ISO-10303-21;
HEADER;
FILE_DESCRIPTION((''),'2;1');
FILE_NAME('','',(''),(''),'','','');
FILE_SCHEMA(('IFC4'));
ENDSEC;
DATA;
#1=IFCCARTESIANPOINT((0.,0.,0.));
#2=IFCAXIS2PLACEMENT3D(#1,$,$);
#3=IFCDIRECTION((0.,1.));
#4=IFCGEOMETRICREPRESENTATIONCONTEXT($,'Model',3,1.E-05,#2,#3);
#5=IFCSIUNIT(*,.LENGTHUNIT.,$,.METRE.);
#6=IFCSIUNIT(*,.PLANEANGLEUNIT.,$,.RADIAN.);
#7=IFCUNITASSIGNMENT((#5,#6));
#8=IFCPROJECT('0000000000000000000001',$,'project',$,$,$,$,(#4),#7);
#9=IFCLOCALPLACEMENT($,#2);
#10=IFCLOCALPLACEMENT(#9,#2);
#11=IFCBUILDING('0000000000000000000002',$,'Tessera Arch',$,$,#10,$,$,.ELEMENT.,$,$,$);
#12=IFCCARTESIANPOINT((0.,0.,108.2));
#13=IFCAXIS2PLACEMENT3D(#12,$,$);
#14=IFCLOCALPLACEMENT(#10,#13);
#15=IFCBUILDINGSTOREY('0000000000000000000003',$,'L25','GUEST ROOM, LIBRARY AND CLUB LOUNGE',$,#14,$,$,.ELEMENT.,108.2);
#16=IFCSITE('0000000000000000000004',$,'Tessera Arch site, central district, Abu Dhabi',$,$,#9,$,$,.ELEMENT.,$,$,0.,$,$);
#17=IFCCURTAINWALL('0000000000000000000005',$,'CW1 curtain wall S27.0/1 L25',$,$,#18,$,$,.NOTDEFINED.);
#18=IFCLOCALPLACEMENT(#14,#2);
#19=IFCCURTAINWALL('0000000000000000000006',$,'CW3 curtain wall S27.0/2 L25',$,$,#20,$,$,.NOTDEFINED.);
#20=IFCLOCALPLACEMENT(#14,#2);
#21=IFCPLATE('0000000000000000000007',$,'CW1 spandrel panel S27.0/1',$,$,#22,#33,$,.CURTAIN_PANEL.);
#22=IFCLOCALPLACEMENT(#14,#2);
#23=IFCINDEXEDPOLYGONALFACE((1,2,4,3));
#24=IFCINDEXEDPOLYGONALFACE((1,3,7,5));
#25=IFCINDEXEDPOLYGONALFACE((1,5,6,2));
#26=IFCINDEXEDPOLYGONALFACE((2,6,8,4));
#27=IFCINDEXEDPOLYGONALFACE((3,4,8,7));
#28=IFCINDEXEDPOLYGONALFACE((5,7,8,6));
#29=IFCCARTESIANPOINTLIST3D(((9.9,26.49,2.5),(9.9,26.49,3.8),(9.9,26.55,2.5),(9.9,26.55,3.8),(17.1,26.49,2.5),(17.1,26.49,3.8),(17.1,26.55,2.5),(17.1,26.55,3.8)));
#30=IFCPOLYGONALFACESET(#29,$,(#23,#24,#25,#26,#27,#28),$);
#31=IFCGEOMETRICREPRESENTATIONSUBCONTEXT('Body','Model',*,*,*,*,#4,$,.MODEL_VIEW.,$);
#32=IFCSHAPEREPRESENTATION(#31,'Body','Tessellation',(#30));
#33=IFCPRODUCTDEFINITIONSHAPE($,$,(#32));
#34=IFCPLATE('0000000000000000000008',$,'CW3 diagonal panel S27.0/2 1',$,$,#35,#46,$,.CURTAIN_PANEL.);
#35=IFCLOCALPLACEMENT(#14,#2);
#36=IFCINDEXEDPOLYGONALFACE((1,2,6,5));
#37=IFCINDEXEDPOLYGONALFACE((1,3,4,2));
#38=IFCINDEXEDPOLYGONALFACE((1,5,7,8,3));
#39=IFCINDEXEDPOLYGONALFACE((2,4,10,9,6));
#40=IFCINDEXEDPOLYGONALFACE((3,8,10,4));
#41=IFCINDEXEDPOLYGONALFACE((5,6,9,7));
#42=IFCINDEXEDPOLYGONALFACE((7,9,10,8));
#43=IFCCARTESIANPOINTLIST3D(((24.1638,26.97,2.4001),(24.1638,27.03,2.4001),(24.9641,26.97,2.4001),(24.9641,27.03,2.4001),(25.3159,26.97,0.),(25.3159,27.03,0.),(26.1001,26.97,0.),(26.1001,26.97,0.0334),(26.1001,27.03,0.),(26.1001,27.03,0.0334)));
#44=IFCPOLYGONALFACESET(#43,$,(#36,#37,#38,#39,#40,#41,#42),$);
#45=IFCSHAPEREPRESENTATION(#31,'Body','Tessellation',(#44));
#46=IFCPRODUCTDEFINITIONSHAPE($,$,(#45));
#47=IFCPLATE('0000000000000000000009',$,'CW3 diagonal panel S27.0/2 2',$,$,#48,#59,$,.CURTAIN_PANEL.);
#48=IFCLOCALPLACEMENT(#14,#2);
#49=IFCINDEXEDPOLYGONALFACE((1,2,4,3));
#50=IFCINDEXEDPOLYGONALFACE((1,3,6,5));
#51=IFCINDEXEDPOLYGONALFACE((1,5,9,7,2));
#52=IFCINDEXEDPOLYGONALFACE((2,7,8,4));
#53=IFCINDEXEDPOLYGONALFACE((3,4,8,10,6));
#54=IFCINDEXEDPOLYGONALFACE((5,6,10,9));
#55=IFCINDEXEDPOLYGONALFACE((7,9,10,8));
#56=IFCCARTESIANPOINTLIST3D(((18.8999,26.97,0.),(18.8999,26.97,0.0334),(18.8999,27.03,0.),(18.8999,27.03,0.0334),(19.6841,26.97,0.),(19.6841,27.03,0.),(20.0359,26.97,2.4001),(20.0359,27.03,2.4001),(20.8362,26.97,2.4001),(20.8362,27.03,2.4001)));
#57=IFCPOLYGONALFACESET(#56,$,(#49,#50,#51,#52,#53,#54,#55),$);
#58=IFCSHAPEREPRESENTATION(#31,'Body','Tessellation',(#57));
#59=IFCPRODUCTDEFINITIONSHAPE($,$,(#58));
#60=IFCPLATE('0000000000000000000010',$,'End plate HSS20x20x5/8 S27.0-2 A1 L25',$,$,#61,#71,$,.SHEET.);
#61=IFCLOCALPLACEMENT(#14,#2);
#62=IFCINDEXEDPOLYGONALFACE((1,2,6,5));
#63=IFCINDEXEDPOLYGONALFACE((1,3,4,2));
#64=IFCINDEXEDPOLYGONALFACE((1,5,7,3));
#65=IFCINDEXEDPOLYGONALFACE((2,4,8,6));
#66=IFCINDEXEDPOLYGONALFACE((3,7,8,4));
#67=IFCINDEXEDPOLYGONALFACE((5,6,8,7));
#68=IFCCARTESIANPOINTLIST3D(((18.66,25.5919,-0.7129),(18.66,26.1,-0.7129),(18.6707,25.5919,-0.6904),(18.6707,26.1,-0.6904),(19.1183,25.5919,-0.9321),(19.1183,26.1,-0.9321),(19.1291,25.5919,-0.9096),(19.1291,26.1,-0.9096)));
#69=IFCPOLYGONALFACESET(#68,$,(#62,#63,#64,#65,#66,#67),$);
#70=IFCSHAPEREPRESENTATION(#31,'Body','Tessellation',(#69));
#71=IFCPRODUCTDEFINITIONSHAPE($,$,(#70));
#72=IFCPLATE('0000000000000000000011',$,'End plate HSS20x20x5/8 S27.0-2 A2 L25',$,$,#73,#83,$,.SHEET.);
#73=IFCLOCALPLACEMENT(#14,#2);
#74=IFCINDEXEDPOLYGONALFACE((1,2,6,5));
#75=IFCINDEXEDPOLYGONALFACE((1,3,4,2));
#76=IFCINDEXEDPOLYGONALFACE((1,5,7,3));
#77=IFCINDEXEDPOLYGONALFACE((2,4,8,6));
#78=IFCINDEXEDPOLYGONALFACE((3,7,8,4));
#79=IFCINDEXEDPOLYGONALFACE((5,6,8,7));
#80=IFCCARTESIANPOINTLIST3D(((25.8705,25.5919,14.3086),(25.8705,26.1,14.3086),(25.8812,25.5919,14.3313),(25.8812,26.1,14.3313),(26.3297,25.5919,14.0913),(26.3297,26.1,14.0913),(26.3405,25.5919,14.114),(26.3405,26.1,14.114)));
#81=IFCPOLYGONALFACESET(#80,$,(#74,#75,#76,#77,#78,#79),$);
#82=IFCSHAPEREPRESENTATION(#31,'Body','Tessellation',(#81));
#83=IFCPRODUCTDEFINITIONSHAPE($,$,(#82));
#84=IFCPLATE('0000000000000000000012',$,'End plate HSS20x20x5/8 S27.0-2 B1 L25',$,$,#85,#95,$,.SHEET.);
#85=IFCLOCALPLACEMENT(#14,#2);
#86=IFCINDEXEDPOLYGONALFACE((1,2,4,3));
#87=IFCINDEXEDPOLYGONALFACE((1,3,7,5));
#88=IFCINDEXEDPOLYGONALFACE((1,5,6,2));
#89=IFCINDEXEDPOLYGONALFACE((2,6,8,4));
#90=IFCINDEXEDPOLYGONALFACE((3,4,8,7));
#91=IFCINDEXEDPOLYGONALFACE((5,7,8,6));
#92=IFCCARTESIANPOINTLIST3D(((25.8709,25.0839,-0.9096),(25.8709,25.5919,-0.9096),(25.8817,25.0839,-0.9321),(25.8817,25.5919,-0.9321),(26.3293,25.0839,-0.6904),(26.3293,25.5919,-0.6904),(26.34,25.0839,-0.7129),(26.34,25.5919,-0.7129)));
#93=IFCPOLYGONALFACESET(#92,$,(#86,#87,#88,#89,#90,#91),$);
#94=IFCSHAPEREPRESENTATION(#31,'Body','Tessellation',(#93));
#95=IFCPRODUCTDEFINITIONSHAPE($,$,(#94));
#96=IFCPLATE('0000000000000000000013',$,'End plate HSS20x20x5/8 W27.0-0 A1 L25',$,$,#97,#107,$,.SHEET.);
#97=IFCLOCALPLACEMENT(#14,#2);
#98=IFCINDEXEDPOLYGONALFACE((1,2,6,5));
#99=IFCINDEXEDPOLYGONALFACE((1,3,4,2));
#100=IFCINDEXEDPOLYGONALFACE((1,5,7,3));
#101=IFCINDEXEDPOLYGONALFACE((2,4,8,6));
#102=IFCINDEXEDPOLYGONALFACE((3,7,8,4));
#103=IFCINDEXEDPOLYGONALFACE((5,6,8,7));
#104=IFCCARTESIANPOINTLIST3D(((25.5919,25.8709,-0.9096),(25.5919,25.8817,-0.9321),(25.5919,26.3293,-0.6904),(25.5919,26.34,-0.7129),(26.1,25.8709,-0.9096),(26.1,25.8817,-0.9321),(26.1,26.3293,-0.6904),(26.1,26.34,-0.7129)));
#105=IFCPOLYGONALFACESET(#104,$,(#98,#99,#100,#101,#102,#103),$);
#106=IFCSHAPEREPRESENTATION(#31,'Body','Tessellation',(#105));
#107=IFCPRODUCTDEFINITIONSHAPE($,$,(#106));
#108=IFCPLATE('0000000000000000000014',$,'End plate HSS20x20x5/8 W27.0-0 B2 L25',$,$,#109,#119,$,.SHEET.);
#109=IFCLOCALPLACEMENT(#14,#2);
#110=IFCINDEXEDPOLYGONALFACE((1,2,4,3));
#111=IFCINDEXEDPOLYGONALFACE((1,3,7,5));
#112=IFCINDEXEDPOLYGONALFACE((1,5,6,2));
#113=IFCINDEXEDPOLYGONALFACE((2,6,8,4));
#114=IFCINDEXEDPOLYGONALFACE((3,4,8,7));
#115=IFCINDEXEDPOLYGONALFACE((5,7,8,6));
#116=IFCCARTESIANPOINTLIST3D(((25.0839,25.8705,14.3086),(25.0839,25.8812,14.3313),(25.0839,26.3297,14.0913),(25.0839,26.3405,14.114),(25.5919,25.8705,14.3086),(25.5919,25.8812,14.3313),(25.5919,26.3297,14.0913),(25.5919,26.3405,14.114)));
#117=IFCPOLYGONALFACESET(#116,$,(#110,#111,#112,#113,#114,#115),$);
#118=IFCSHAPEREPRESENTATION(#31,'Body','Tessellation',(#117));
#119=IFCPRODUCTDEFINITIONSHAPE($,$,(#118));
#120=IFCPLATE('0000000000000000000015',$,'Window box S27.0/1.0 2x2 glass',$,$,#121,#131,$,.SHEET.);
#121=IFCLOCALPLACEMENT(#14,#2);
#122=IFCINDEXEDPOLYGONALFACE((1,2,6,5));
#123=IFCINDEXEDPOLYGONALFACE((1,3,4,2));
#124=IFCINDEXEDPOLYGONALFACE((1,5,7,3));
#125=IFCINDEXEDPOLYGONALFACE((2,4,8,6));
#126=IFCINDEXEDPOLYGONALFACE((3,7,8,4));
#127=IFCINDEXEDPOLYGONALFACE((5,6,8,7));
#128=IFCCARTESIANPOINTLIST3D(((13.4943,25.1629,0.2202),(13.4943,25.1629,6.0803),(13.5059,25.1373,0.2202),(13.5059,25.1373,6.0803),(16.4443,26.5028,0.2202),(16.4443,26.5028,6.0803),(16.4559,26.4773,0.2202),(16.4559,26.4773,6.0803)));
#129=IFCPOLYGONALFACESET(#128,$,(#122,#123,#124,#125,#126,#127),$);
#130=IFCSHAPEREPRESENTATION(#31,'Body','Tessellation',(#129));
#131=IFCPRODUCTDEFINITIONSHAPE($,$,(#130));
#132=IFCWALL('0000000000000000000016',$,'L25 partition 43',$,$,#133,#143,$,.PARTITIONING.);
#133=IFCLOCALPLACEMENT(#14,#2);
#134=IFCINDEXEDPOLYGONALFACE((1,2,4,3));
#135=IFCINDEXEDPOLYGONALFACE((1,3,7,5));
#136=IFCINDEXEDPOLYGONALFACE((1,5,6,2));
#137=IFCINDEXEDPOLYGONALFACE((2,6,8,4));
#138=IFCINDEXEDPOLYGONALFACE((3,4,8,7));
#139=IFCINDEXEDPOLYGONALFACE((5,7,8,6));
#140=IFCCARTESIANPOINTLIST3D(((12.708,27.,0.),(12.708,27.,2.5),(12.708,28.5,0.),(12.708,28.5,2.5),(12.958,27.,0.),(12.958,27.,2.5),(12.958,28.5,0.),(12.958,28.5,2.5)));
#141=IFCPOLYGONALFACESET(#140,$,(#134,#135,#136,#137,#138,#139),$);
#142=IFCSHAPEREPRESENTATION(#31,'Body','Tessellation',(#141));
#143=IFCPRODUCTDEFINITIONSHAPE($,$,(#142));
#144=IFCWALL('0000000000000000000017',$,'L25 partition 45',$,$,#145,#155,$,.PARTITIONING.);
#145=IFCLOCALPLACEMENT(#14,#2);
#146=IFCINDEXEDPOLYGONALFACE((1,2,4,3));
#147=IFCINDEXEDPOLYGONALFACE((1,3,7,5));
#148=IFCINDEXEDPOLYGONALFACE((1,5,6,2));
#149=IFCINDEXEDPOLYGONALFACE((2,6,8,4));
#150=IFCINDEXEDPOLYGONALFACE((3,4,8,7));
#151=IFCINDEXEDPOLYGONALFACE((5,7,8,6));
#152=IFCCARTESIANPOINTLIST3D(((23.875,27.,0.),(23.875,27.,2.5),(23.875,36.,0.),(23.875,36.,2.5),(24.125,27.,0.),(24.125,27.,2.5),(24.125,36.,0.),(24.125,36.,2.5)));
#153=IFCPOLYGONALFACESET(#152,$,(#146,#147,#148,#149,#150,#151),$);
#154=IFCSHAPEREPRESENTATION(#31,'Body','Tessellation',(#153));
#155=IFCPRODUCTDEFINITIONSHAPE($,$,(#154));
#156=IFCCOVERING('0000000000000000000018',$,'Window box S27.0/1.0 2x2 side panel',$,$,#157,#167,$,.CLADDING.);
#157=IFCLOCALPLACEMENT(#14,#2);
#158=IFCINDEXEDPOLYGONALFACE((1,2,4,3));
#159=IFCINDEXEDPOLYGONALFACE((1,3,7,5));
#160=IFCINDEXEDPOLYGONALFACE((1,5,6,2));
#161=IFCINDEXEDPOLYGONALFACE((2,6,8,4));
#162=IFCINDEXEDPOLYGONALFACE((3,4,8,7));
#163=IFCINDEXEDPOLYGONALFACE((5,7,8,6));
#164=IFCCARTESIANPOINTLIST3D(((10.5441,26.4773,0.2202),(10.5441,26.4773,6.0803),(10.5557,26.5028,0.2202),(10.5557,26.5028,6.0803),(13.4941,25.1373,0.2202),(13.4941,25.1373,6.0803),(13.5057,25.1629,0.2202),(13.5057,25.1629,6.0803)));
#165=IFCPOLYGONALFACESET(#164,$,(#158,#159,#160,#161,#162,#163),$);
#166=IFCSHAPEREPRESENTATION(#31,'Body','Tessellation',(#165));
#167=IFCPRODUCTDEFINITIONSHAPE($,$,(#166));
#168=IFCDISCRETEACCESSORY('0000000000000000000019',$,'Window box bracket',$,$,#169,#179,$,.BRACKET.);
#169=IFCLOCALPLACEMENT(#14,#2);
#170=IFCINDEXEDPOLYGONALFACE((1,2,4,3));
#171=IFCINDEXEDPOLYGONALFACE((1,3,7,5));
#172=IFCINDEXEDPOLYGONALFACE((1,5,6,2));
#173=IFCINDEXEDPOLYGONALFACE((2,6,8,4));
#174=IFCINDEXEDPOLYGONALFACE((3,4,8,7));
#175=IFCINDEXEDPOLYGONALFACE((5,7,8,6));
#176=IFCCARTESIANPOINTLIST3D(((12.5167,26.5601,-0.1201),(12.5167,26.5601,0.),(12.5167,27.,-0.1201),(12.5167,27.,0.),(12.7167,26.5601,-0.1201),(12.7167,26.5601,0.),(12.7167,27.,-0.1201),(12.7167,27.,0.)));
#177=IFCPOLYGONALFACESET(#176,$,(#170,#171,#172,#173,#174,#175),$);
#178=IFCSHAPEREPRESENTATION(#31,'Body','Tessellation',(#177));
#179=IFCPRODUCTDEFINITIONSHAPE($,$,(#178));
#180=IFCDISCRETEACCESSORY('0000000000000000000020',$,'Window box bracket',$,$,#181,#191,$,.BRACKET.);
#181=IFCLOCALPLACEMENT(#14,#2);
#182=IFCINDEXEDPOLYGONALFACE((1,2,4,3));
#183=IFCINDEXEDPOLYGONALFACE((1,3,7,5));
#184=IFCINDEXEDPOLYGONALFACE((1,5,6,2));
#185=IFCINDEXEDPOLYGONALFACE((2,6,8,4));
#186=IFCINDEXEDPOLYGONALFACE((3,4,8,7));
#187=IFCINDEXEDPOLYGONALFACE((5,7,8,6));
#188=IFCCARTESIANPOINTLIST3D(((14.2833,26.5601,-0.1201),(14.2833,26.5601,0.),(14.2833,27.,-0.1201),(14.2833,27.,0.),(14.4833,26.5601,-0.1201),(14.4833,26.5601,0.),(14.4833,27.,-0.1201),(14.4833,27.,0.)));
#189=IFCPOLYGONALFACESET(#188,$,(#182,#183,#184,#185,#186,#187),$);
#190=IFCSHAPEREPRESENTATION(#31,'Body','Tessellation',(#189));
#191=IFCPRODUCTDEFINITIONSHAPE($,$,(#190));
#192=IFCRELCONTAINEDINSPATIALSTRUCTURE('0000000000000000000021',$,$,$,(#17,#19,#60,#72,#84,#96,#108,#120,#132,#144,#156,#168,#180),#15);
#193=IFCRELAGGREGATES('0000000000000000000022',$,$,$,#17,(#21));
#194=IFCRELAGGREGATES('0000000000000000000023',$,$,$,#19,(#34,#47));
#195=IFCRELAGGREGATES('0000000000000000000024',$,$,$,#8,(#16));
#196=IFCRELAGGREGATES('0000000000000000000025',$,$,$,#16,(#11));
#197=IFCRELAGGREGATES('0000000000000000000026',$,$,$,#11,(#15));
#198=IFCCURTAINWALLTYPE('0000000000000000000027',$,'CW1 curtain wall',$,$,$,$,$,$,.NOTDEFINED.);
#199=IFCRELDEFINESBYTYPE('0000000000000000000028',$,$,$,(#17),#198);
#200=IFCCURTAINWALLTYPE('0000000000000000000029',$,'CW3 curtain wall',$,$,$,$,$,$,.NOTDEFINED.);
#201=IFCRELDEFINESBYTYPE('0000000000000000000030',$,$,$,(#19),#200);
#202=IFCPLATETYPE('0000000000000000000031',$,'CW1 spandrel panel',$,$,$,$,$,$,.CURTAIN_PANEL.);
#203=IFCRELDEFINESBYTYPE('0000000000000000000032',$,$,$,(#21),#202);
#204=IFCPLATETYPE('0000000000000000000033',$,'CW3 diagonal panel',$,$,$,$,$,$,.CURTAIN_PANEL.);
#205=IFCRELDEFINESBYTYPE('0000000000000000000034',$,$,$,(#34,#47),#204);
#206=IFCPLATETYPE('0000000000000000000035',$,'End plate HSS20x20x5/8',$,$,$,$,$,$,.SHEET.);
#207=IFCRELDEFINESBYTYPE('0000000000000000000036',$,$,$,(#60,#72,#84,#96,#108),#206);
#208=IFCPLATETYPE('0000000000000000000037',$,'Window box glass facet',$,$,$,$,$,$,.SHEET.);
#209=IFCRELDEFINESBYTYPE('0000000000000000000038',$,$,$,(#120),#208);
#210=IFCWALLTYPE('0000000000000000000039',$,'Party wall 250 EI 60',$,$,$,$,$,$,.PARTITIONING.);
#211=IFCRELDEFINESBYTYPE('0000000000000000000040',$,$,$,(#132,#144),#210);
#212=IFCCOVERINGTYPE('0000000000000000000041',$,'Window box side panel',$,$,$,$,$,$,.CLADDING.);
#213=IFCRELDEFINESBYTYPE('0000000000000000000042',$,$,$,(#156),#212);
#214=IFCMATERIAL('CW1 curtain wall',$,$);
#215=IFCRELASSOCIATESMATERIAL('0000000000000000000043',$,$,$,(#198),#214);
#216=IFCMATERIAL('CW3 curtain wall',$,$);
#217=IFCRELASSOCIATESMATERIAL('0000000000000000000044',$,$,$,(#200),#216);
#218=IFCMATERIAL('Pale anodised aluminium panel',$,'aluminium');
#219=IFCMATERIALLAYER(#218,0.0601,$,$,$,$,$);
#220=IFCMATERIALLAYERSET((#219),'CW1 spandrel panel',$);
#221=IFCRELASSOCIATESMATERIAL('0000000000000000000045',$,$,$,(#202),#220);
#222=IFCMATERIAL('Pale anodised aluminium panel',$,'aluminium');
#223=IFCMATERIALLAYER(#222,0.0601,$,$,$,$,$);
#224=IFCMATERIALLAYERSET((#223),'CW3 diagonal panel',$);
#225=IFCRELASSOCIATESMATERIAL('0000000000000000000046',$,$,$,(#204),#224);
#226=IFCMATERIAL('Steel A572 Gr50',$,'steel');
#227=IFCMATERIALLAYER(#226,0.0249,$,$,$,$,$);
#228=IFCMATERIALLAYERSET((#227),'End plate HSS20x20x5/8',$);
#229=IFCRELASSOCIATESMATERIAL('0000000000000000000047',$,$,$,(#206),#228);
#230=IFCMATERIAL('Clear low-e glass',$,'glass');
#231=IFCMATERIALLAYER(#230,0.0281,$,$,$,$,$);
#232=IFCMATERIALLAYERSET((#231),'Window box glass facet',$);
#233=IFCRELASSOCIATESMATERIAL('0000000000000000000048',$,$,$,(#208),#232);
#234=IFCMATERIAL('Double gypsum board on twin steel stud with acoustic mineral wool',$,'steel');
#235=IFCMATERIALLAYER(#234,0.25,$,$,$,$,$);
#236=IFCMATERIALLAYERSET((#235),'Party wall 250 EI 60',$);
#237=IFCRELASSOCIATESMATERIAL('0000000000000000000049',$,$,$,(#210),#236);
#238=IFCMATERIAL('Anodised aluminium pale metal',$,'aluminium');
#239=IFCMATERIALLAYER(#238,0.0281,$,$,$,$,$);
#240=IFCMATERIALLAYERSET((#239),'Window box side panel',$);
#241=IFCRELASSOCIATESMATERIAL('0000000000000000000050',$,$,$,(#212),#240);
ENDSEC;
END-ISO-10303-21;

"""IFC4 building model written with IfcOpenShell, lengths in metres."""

from ifc_helpers import new_model, si_unit, direction, frame, frame_2d, origin, origin_2d, place, context, subcontext, project, spatial, polyline, rectangle, outline, extrude, material, layer, layer_set, type_object, element, aggregate, save


model = new_model("IFC4")

# Units and contexts
model_context = context("Model", 3, precision=1e-05, world=origin(), true_north=direction((0.0, 1.0)))
body_context = subcontext(model_context, "Body", "Model", "MODEL_VIEW")
ifc_project = project(units=[si_unit("LENGTHUNIT", "METRE"), si_unit("PLANEANGLEUNIT", "RADIAN")], contexts=[model_context])

# Site, building, storey
site_placement = place(None, origin())
site = spatial("IfcSite", under=ifc_project, at=site_placement, Name="Tessera Arch site, central district, Abu Dhabi", CompositionType="ELEMENT", RefElevation=0.0)
building_placement = place(site_placement, origin())
building = spatial("IfcBuilding", under=site, at=building_placement, Name="Tessera Arch", CompositionType="ELEMENT")
storey_placement = place(building_placement, frame((0.0, 0.0, 108.2)))
storey = spatial("IfcBuildingStorey", under=building, at=storey_placement, Name="L25", Description="GUEST ROOM, LIBRARY AND CLUB LOUNGE", CompositionType="ELEMENT", Elevation=108.2)

# Curtain walls
ifc_material_1 = material(Name="CW1 curtain wall")
curtain_wall_type_1 = type_object("IfcCurtainWallType", Name="CW1 curtain wall", PredefinedType="NOTDEFINED", material=ifc_material_1)
curtain_wall_1_placement = place(storey_placement, origin())
curtain_wall_1 = element("IfcCurtainWall", 1, at=curtain_wall_1_placement, inside=storey, type_object=curtain_wall_type_1, Name="CW1 curtain wall S27.0/1 L25", PredefinedType="NOTDEFINED")
ifc_material_2 = material(Name="CW3 curtain wall")
curtain_wall_type_2 = type_object("IfcCurtainWallType", Name="CW3 curtain wall", PredefinedType="NOTDEFINED", material=ifc_material_2)
curtain_wall_2_placement = place(storey_placement, origin())
curtain_wall_2 = element("IfcCurtainWall", 2, at=curtain_wall_2_placement, inside=storey, type_object=curtain_wall_type_2, Name="CW3 curtain wall S27.0/2 L25", PredefinedType="NOTDEFINED")

# Plates
ifc_material_3 = material(Name="Pale anodised aluminium panel", Category="aluminium")
ifc_layer_1 = layer(ifc_material_3, 0.0601)
ifc_layer_set_1 = layer_set([ifc_layer_1], Name="CW1 spandrel panel")
plate_type_1 = type_object("IfcPlateType", Name="CW1 spandrel panel", PredefinedType="CURTAIN_PANEL", material=ifc_layer_set_1)
plate_1_placement = place(storey_placement, frame((13.5, 26.52, 2.5), z_axis=(0.0, 0.0, 1.0), x_axis=(1.0, 0.0, 0.0)))
plate_1 = element("IfcPlate", 3, at=plate_1_placement, type_object=plate_type_1, Name="CW1 spandrel panel S27.0/1", PredefinedType="CURTAIN_PANEL", context=body_context, shape_type="SweptSolid", body=[
    extrude(rectangle(XDim=7.2, YDim=0.0601, at=origin_2d()), origin(), (0.0, 0.0, 1.0), 1.3),
])
aggregate(curtain_wall_1, [plate_1])
ifc_material_4 = material(Name="Pale anodised aluminium panel", Category="aluminium")
ifc_layer_2 = layer(ifc_material_4, 0.0601)
ifc_layer_set_2 = layer_set([ifc_layer_2], Name="CW3 diagonal panel")
plate_type_2 = type_object("IfcPlateType", Name="CW3 diagonal panel", PredefinedType="CURTAIN_PANEL", material=ifc_layer_set_2)
plate_2_placement = place(storey_placement, frame((26.1001, 26.97, 0.0), z_axis=(0.0, -1.0, 0.0), x_axis=(0.0, 0.0, 1.0)))
plate_2 = element("IfcPlate", 4, at=plate_2_placement, type_object=plate_type_2, Name="CW3 diagonal panel S27.0/2 1", PredefinedType="CURTAIN_PANEL", context=body_context, shape_type="SweptSolid", body=[
    extrude(outline(polyline([(0.0, 0.0), (0.0334, 0.0), (2.4001, 1.136), (2.4001, 1.9363), (0.0, 0.7842), (0.0, 0.0)])), origin(), (0.0, 0.0, -1.0), 0.0601),
])
plate_3_placement = place(storey_placement, frame((20.8362, 26.97, 2.4001), z_axis=(0.0, -1.0, 0.0), x_axis=(-1.0, 0.0, 0.0)))
plate_3 = element("IfcPlate", 5, at=plate_3_placement, type_object=plate_type_2, Name="CW3 diagonal panel S27.0/2 2", PredefinedType="CURTAIN_PANEL", context=body_context, shape_type="SweptSolid", body=[
    extrude(outline(polyline([(0.0, 0.0), (0.8003, 0.0), (1.9363, 2.3667), (1.9363, 2.4001), (1.1521, 2.4001), (0.0, 0.0)])), origin(), (0.0, 0.0, -1.0), 0.0601),
])
aggregate(curtain_wall_2, [plate_2, plate_3])

# Plates
ifc_material_5 = material(Name="Steel A572 Gr50", Category="steel")
ifc_layer_3 = layer(ifc_material_5, 0.0249)
ifc_layer_set_3 = layer_set([ifc_layer_3], Name="End plate HSS20x20x5/8")
plate_type_3 = type_object("IfcPlateType", Name="End plate HSS20x20x5/8", PredefinedType="SHEET", material=ifc_layer_set_3)
plate_4_placement = place(storey_placement, frame((18.8892, 25.8459, -0.8225), z_axis=(0.431455, 0.0, 0.902134), x_axis=(0.0, 1.0, 0.0)))
element("IfcPlate", 6, at=plate_4_placement, inside=storey, type_object=plate_type_3, Name="End plate HSS20x20x5/8 S27.0-2 A1 L25", PredefinedType="SHEET", context=body_context, shape_type="SweptSolid", body=[
    extrude(rectangle(XDim=0.5081, YDim=0.5081, at=origin_2d()), origin(), (0.0, 0.0, 1.0), 0.0249),
])
plate_5_placement = place(storey_placement, frame((26.1001, 25.8459, 14.2), z_axis=(0.427668, 0.0, 0.903936), x_axis=(0.0, 1.0, 0.0)))
element("IfcPlate", 7, at=plate_5_placement, inside=storey, type_object=plate_type_3, Name="End plate HSS20x20x5/8 S27.0-2 A2 L25", PredefinedType="SHEET", context=body_context, shape_type="SweptSolid", body=[
    extrude(rectangle(XDim=0.5081, YDim=0.5081, at=origin_2d()), origin(), (0.0, 0.0, 1.0), 0.0251),
])
for number, where, z_axis, x_axis, name in (
    (8, (26.1108, 25.3379, -0.8225), (-0.431455, 0.0, 0.902134), (0.0, -1.0, 0.0), "End plate HSS20x20x5/8 S27.0-2 B1 L25"),
    (9, (25.8459, 26.1108, -0.8225), (0.0, -0.431455, 0.902134), (1.0, 0.0, 0.0), "End plate HSS20x20x5/8 W27.0-0 A1 L25"),
):
    element("IfcPlate", number, at=place(storey_placement, frame(where, z_axis=z_axis, x_axis=x_axis)), inside=storey, type_object=plate_type_3, Name=name, PredefinedType="SHEET", context=body_context, shape_type="SweptSolid", body=[
        extrude(rectangle(XDim=0.5081, YDim=0.5081, at=origin_2d()), origin(), (0.0, 0.0, 1.0), 0.0249),
    ])
plate_6_placement = place(storey_placement, frame((25.3379, 26.1001, 14.2), z_axis=(0.0, 0.427668, 0.903936), x_axis=(-1.0, 0.0, 0.0)))
element("IfcPlate", 10, at=plate_6_placement, inside=storey, type_object=plate_type_3, Name="End plate HSS20x20x5/8 W27.0-0 B2 L25", PredefinedType="SHEET", context=body_context, shape_type="SweptSolid", body=[
    extrude(rectangle(XDim=0.5081, YDim=0.5081, at=origin_2d()), origin(), (0.0, 0.0, 1.0), 0.0251),
])
ifc_material_6 = material(Name="Clear low-e glass", Category="glass")
ifc_layer_4 = layer(ifc_material_6, 0.0281)
ifc_layer_set_4 = layer_set([ifc_layer_4], Name="Window box glass facet")
plate_type_4 = type_object("IfcPlateType", Name="Window box glass facet", PredefinedType="SHEET", material=ifc_layer_set_4)
plate_7_placement = place(storey_placement, frame((14.9751, 25.8201, 0.2202), z_axis=(0.0, 0.0, 1.0), x_axis=(-0.910472, -0.41357, 0.0)))
element("IfcPlate", 11, at=plate_7_placement, inside=storey, type_object=plate_type_4, Name="Window box S27.0/1.0 2x2 glass", PredefinedType="SHEET", context=body_context, shape_type="SweptSolid", body=[
    extrude(rectangle(XDim=3.24, YDim=0.0281, at=origin_2d()), origin(), (0.0, 0.0, 1.0), 5.8601),
])

# Walls
ifc_material_7 = material(Name="Double gypsum board on twin steel stud with acoustic mineral wool", Category="steel")
ifc_layer_5 = layer(ifc_material_7, 0.25)
ifc_layer_set_5 = layer_set([ifc_layer_5], Name="Party wall 250 EI 60")
wall_type = type_object("IfcWallType", Name="Party wall 250 EI 60", PredefinedType="PARTITIONING", material=ifc_layer_set_5)
wall_1_placement = place(storey_placement, frame((12.833, 27.0, 0.0), z_axis=(0.0, 0.0, 1.0), x_axis=(0.0, 1.0, 0.0)))
element("IfcWall", 12, at=wall_1_placement, inside=storey, type_object=wall_type, Name="L25 partition 43", PredefinedType="PARTITIONING", context=body_context, shape_type="SweptSolid", body=[
    extrude(rectangle(XDim=1.5, YDim=0.25, at=frame_2d((0.75, 0.0))), origin(), (0.0, 0.0, 1.0), 2.5),
])
wall_2_placement = place(storey_placement, frame((24.0, 27.0, 0.0), z_axis=(0.0, 0.0, 1.0), x_axis=(0.0, 1.0, 0.0)))
element("IfcWall", 13, at=wall_2_placement, inside=storey, type_object=wall_type, Name="L25 partition 45", PredefinedType="PARTITIONING", context=body_context, shape_type="SweptSolid", body=[
    extrude(rectangle(XDim=9.0, YDim=0.25, at=frame_2d((4.5, 0.0))), origin(), (0.0, 0.0, 1.0), 2.5),
])

# Covering
ifc_material_8 = material(Name="Anodised aluminium pale metal", Category="aluminium")
ifc_layer_6 = layer(ifc_material_8, 0.0281)
ifc_layer_set_6 = layer_set([ifc_layer_6], Name="Window box side panel")
covering_type = type_object("IfcCoveringType", Name="Window box side panel", PredefinedType="CLADDING", material=ifc_layer_set_6)
covering_placement = place(storey_placement, frame((12.0249, 25.8201, 0.2202), z_axis=(0.0, 0.0, 1.0), x_axis=(0.910472, -0.41357, 0.0)))
element("IfcCovering", 14, at=covering_placement, inside=storey, type_object=covering_type, Name="Window box S27.0/1.0 2x2 side panel", PredefinedType="CLADDING", context=body_context, shape_type="SweptSolid", body=[
    extrude(rectangle(XDim=3.24, YDim=0.0281, at=origin_2d()), origin(), (0.0, 0.0, 1.0), 5.8601),
])

# Discrete accessories
for number, where, z_axis, x_axis, name in (
    (15, (12.6167, 26.78, -0.1201), (0.0, 0.0, 1.0), (0.0, -1.0, 0.0), "Window box bracket"),
    (16, (14.3833, 26.78, -0.1201), (0.0, 0.0, 1.0), (0.0, -1.0, 0.0), "Window box bracket"),
):
    element("IfcDiscreteAccessory", number, at=place(storey_placement, frame(where, z_axis=z_axis, x_axis=x_axis)), inside=storey, Name=name, PredefinedType="BRACKET", context=body_context, shape_type="SweptSolid", body=[
        extrude(rectangle(XDim=0.4399, YDim=0.2, at=origin_2d()), origin(), (0.0, 0.0, 1.0), 0.1201),
    ])

save(model, "model.ifc")
